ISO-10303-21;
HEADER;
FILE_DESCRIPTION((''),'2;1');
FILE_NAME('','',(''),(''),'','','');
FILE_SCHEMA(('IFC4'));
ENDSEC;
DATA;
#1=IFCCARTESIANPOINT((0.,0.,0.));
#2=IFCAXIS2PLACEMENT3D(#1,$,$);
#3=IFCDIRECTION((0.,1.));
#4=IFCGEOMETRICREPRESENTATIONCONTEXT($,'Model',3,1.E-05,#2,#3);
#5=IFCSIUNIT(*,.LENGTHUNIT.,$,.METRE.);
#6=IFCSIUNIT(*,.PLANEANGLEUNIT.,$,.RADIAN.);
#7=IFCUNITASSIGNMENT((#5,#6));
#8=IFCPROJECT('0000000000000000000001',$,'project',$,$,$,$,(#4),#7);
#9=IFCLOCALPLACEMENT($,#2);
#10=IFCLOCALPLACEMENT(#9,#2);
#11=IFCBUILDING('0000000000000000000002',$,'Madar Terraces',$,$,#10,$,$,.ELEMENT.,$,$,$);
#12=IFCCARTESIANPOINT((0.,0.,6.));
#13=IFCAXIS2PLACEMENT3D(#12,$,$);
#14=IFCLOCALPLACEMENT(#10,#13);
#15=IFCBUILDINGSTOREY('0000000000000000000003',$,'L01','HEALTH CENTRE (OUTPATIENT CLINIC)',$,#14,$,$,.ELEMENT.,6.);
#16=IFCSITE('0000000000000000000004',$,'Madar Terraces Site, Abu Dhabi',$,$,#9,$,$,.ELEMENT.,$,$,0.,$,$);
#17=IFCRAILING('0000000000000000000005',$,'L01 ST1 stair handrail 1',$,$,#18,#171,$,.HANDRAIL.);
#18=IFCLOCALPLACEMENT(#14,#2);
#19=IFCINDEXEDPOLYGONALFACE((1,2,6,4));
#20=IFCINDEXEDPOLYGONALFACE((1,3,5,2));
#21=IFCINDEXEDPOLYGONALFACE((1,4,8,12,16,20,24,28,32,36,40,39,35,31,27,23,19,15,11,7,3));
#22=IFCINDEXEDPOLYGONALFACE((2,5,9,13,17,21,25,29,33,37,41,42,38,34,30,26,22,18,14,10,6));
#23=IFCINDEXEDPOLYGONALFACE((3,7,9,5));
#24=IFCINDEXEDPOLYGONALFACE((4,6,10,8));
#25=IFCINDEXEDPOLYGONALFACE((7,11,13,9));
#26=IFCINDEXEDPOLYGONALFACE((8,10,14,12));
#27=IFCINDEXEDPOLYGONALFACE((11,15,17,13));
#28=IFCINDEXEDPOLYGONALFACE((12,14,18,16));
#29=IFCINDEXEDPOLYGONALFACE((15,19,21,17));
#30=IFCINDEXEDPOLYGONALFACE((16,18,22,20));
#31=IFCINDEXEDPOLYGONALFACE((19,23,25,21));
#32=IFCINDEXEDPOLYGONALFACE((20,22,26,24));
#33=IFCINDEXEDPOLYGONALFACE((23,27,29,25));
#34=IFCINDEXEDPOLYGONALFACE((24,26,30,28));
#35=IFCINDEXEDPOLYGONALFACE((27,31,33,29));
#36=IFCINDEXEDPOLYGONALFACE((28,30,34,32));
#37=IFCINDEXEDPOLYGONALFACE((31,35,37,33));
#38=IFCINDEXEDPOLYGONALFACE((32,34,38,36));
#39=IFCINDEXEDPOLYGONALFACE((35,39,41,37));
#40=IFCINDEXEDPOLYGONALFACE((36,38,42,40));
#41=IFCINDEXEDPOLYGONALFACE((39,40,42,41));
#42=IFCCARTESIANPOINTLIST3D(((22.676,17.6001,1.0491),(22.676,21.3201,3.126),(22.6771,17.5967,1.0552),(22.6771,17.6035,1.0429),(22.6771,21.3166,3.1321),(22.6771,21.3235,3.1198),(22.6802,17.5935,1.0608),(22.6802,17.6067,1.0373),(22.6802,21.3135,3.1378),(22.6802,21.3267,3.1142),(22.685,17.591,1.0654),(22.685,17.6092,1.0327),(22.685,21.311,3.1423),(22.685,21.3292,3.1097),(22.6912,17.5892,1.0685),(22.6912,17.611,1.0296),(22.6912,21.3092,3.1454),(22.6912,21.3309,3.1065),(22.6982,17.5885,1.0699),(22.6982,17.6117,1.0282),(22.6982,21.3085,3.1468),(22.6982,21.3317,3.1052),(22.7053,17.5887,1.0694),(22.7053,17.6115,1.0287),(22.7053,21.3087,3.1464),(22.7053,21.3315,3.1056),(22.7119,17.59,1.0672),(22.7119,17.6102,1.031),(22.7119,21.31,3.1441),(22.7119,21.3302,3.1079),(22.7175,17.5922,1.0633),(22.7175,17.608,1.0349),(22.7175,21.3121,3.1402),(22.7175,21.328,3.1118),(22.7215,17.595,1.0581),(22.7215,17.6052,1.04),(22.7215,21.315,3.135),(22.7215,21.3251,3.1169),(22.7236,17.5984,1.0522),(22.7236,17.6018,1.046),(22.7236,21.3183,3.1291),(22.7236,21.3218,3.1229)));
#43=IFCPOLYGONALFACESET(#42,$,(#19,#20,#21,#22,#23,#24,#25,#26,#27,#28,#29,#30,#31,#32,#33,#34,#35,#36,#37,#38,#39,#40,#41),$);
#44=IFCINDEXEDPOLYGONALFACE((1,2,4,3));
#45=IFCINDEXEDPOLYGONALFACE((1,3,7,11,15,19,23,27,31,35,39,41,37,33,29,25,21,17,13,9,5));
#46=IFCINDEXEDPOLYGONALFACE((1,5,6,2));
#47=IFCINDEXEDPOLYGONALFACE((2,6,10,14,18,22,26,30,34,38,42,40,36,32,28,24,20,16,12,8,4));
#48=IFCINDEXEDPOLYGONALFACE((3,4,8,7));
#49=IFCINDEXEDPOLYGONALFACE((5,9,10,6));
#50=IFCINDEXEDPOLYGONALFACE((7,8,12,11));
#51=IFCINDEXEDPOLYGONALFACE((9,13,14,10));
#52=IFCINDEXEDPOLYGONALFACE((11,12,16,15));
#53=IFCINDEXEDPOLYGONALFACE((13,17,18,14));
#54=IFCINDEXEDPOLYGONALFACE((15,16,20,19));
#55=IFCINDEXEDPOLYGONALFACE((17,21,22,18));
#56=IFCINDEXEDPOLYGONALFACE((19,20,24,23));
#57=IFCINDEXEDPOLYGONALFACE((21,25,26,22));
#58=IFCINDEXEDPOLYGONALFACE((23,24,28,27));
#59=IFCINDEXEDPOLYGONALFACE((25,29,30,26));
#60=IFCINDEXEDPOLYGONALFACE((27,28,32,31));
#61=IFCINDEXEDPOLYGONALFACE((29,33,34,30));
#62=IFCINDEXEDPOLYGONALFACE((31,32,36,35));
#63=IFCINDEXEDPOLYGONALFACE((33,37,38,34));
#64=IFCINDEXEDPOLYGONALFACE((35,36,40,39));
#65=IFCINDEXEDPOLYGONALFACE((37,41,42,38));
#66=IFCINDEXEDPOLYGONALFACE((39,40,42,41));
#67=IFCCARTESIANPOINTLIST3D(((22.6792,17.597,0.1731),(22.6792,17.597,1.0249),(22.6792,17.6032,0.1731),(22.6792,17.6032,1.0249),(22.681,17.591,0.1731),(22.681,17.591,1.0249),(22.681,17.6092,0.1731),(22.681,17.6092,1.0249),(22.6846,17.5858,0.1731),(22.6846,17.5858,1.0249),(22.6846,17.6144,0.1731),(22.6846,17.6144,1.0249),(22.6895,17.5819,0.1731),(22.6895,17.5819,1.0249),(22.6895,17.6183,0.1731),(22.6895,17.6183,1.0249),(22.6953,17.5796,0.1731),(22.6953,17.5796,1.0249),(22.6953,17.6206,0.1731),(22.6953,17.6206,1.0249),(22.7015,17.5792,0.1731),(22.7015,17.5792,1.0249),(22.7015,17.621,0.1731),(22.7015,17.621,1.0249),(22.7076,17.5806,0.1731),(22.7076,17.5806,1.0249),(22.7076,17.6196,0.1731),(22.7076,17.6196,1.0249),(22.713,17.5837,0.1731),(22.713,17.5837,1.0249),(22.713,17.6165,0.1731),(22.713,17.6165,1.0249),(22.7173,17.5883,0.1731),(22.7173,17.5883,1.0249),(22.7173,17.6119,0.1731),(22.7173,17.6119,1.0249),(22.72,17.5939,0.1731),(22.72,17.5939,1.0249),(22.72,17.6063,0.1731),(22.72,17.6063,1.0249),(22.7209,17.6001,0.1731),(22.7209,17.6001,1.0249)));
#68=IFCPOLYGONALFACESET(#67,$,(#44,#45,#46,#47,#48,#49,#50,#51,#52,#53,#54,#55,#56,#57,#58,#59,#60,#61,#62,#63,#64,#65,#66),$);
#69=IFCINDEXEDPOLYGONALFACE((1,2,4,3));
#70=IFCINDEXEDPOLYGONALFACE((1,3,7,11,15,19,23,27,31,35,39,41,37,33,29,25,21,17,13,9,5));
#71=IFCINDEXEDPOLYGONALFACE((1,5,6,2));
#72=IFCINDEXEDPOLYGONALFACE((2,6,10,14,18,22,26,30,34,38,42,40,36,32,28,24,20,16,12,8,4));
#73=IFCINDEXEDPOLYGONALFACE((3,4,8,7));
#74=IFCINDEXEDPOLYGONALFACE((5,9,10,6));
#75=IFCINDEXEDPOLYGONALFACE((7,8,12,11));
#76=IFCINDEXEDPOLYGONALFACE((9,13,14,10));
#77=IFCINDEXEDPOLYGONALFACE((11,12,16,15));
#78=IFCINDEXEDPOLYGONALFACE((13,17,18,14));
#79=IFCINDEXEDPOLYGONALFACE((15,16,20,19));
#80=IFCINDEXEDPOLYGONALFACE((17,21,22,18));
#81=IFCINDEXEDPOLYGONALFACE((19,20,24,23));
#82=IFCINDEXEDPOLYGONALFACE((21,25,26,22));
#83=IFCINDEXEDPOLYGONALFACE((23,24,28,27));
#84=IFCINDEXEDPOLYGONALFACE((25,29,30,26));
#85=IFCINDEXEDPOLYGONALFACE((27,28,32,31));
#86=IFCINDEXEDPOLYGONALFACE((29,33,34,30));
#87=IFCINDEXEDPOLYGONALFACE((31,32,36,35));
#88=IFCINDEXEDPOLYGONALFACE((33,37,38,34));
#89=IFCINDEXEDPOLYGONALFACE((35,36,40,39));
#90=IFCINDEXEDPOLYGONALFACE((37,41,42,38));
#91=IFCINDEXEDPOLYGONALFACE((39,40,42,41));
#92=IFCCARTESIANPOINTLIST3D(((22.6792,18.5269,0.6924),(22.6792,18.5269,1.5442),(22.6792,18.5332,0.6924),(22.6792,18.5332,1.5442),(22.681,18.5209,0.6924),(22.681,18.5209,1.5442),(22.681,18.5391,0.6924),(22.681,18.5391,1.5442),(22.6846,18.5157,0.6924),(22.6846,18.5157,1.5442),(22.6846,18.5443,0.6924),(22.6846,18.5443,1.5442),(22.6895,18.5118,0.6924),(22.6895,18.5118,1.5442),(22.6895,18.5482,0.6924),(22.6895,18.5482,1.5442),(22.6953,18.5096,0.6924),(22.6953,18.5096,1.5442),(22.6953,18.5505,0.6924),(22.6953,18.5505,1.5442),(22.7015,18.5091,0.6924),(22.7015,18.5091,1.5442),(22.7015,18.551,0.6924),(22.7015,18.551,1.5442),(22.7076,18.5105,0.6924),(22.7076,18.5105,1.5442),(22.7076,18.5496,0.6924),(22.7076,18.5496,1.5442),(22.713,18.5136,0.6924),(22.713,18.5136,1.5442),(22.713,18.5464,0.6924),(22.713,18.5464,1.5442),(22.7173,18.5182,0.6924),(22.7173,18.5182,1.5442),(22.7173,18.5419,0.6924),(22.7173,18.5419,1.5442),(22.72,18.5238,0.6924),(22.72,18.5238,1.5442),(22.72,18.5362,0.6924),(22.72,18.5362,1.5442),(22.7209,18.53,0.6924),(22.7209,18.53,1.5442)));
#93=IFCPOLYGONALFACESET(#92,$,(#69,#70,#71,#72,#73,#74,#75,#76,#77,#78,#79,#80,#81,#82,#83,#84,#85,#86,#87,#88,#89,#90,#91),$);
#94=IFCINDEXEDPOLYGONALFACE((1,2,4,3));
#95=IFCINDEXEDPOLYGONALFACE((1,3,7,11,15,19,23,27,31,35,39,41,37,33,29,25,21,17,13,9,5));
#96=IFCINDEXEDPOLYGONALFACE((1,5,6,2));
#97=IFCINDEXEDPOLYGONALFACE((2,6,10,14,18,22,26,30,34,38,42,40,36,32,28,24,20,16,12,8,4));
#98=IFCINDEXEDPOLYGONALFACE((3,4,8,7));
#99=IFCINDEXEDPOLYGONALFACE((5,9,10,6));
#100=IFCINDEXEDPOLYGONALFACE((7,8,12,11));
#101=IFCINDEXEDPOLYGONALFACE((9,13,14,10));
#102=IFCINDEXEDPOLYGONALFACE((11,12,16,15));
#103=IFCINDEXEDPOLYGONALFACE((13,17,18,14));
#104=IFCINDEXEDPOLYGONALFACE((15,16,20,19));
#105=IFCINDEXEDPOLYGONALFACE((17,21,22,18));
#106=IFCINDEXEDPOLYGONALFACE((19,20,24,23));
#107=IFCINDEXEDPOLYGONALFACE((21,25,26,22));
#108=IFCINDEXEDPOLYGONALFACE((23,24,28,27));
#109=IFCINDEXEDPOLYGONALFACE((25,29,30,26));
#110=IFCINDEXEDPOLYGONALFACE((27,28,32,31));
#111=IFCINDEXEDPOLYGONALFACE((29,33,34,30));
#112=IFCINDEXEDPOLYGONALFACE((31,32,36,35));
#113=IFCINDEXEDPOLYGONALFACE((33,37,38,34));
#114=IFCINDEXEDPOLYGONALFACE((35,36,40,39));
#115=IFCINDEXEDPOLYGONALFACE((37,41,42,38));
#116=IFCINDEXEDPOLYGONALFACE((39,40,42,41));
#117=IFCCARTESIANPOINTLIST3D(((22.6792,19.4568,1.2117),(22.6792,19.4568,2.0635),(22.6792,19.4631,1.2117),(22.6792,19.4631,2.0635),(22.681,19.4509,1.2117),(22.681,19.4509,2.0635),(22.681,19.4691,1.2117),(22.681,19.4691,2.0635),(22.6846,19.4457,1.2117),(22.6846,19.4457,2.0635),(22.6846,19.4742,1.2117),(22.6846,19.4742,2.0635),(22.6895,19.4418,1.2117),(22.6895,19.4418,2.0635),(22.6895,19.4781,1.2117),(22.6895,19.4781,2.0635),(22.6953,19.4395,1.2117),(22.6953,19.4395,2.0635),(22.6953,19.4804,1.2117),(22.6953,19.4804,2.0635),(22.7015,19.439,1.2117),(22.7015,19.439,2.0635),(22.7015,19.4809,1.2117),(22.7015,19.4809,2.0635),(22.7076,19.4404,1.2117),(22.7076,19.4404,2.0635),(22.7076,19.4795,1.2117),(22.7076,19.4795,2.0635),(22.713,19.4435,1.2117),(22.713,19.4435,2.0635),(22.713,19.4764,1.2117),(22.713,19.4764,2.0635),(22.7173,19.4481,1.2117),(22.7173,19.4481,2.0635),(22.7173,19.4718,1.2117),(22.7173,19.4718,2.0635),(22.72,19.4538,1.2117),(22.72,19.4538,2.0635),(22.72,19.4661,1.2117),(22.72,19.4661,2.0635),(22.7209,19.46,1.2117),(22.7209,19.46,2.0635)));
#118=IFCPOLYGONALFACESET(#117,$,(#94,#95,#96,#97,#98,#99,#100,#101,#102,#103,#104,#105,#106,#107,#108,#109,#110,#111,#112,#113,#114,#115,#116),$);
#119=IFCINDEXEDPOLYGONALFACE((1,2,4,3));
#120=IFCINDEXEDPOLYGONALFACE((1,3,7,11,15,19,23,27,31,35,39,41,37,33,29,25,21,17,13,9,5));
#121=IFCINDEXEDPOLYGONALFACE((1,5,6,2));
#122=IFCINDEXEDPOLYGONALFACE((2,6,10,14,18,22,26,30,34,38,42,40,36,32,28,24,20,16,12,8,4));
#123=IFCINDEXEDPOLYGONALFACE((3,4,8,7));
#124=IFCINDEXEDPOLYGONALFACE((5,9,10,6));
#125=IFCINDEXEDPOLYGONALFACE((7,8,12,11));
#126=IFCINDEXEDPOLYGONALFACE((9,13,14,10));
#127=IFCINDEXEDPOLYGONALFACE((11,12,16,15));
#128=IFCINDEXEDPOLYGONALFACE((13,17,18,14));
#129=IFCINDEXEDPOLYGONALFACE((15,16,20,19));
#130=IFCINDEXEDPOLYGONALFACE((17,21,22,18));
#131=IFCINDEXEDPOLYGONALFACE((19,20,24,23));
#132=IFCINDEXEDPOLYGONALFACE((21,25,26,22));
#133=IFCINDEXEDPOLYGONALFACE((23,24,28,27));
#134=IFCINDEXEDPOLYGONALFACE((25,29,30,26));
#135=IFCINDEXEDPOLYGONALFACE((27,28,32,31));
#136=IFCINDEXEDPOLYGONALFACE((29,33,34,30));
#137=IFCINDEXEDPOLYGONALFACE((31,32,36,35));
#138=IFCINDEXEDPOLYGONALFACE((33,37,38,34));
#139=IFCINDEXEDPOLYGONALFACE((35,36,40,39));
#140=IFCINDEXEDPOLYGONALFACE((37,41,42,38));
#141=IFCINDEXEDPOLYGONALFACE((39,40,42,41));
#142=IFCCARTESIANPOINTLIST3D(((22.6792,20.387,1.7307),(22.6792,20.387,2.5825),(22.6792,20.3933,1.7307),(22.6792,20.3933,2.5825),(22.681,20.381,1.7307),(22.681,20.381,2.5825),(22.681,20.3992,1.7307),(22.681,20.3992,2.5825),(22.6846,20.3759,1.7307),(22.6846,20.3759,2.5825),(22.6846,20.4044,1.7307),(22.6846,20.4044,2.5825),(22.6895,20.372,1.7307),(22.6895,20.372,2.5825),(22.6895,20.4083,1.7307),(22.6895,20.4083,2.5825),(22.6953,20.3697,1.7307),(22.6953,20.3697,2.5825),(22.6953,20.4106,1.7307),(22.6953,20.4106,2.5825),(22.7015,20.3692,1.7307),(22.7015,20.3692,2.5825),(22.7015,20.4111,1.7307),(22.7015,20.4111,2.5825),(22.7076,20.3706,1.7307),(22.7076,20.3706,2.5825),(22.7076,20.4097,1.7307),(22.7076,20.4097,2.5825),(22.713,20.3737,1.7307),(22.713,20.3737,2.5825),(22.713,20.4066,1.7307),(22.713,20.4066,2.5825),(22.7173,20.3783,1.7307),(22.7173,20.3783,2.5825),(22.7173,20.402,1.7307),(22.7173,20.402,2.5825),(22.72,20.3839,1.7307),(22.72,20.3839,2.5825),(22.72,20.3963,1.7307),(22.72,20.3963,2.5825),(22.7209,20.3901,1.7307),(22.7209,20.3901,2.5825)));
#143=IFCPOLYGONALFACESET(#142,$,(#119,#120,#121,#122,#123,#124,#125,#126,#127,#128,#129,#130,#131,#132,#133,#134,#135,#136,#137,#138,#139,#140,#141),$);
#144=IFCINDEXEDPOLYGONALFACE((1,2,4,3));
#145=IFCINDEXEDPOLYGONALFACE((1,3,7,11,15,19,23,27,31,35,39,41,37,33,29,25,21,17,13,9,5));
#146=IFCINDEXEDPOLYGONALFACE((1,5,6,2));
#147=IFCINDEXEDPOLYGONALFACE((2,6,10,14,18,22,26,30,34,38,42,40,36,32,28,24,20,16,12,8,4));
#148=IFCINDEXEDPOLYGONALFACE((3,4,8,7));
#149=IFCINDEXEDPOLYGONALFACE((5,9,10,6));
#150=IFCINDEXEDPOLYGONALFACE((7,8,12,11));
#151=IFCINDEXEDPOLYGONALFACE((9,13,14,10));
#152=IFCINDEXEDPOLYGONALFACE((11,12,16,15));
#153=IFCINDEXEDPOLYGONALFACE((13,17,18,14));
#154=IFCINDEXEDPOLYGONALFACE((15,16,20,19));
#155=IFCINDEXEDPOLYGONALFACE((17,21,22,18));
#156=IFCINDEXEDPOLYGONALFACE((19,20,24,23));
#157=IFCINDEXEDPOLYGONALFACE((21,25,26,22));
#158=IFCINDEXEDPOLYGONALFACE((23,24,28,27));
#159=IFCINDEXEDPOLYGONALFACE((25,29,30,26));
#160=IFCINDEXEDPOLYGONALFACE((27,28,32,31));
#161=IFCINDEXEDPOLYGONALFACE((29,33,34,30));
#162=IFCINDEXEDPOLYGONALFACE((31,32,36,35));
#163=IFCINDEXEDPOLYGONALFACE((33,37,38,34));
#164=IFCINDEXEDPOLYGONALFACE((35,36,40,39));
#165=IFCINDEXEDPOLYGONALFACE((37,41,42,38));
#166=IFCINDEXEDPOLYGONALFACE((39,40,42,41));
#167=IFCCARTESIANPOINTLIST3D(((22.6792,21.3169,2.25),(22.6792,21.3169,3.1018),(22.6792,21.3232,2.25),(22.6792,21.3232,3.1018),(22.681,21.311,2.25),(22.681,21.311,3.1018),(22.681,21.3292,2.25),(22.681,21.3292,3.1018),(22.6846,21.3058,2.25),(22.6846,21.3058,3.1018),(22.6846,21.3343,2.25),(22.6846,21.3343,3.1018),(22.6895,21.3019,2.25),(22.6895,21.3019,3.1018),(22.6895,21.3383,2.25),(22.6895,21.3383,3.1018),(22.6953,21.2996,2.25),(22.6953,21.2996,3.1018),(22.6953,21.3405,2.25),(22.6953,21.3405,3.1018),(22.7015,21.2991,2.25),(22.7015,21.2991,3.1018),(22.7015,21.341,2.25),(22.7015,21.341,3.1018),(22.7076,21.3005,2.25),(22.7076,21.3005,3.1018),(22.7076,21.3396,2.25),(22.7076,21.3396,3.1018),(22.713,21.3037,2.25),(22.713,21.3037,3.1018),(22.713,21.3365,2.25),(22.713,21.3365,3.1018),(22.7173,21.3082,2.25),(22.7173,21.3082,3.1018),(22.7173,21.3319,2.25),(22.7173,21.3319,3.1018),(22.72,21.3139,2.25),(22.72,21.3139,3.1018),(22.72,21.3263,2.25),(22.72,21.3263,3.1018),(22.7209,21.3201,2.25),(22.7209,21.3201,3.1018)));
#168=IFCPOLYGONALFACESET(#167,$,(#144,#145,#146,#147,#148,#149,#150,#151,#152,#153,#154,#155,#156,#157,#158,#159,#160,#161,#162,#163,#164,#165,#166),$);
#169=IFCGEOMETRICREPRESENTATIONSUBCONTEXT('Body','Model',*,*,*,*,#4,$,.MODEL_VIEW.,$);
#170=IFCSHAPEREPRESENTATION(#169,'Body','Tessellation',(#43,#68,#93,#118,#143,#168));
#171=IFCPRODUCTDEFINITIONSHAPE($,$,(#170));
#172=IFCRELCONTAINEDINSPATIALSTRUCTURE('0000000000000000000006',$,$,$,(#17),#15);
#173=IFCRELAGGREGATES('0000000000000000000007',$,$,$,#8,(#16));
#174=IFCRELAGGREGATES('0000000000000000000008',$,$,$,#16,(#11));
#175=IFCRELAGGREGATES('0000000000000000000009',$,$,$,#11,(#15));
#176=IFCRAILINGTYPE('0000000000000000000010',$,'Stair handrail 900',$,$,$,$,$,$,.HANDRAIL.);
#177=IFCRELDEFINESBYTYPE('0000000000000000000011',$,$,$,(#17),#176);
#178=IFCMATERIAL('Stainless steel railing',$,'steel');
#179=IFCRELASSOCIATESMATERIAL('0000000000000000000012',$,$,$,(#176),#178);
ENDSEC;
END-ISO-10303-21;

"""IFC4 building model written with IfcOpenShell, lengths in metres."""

from ifc_helpers import new_model, si_unit, direction, frame, origin, origin_2d, place, context, subcontext, project, spatial, circle, extrude, material, type_object, element, save


model = new_model("IFC4")

# Units and contexts
model_context = context("Model", 3, precision=1e-05, world=origin(), true_north=direction((0.0, 1.0)))
body_context = subcontext(model_context, "Body", "Model", "MODEL_VIEW")
ifc_project = project(units=[si_unit("LENGTHUNIT", "METRE"), si_unit("PLANEANGLEUNIT", "RADIAN")], contexts=[model_context])

# Site, building, storey
site_placement = place(None, origin())
site = spatial("IfcSite", under=ifc_project, at=site_placement, Name="Madar Terraces Site, Abu Dhabi", CompositionType="ELEMENT", RefElevation=0.0)
building_placement = place(site_placement, origin())
building = spatial("IfcBuilding", under=site, at=building_placement, Name="Madar Terraces", CompositionType="ELEMENT")
storey_placement = place(building_placement, frame((0.0, 0.0, 6.0)))
storey = spatial("IfcBuildingStorey", under=building, at=storey_placement, Name="L01", Description="HEALTH CENTRE (OUTPATIENT CLINIC)", CompositionType="ELEMENT", Elevation=6.0)

# Railing
ifc_material_1 = material(Name="Stainless steel railing", Category="steel")
railing_type_1 = type_object("IfcRailingType", Name="Stair handrail 900", PredefinedType="HANDRAIL", material=ifc_material_1)
railing_1_placement = place(storey_placement, frame((22.7, 17.6001, 0.1731)))
element("IfcRailing", 1, at=railing_1_placement, inside=storey, type_object=railing_type_1, Name="L01 ST1 stair handrail 1", PredefinedType="HANDRAIL", context=body_context, shape_type="SweptSolid", body=[
    extrude(circle(Radius=0.0239, at=origin_2d()), frame((0.0, 0.0, 0.876), z_axis=(0.0, 0.873134, 0.487481), x_axis=(-1.0, 0.0, 0.0)), (0.0, 0.0, 1.0), 4.2605),
    extrude(circle(Radius=0.021, at=origin_2d()), origin(), (0.0, 0.0, 1.0), 0.8518),
    extrude(circle(Radius=0.021, at=origin_2d()), frame((0.0, 0.9299, 0.5193)), (0.0, 0.0, 1.0), 0.8518),
    extrude(circle(Radius=0.021, at=origin_2d()), frame((0.0, 1.8599, 1.0386)), (0.0, 0.0, 1.0), 0.8518),
    extrude(circle(Radius=0.021, at=origin_2d()), frame((0.0, 2.79, 1.5576)), (0.0, 0.0, 1.0), 0.8518),
    extrude(circle(Radius=0.021, at=origin_2d()), frame((0.0, 3.72, 2.0769)), (0.0, 0.0, 1.0), 0.8518),
])

save(model, "model.ifc")
